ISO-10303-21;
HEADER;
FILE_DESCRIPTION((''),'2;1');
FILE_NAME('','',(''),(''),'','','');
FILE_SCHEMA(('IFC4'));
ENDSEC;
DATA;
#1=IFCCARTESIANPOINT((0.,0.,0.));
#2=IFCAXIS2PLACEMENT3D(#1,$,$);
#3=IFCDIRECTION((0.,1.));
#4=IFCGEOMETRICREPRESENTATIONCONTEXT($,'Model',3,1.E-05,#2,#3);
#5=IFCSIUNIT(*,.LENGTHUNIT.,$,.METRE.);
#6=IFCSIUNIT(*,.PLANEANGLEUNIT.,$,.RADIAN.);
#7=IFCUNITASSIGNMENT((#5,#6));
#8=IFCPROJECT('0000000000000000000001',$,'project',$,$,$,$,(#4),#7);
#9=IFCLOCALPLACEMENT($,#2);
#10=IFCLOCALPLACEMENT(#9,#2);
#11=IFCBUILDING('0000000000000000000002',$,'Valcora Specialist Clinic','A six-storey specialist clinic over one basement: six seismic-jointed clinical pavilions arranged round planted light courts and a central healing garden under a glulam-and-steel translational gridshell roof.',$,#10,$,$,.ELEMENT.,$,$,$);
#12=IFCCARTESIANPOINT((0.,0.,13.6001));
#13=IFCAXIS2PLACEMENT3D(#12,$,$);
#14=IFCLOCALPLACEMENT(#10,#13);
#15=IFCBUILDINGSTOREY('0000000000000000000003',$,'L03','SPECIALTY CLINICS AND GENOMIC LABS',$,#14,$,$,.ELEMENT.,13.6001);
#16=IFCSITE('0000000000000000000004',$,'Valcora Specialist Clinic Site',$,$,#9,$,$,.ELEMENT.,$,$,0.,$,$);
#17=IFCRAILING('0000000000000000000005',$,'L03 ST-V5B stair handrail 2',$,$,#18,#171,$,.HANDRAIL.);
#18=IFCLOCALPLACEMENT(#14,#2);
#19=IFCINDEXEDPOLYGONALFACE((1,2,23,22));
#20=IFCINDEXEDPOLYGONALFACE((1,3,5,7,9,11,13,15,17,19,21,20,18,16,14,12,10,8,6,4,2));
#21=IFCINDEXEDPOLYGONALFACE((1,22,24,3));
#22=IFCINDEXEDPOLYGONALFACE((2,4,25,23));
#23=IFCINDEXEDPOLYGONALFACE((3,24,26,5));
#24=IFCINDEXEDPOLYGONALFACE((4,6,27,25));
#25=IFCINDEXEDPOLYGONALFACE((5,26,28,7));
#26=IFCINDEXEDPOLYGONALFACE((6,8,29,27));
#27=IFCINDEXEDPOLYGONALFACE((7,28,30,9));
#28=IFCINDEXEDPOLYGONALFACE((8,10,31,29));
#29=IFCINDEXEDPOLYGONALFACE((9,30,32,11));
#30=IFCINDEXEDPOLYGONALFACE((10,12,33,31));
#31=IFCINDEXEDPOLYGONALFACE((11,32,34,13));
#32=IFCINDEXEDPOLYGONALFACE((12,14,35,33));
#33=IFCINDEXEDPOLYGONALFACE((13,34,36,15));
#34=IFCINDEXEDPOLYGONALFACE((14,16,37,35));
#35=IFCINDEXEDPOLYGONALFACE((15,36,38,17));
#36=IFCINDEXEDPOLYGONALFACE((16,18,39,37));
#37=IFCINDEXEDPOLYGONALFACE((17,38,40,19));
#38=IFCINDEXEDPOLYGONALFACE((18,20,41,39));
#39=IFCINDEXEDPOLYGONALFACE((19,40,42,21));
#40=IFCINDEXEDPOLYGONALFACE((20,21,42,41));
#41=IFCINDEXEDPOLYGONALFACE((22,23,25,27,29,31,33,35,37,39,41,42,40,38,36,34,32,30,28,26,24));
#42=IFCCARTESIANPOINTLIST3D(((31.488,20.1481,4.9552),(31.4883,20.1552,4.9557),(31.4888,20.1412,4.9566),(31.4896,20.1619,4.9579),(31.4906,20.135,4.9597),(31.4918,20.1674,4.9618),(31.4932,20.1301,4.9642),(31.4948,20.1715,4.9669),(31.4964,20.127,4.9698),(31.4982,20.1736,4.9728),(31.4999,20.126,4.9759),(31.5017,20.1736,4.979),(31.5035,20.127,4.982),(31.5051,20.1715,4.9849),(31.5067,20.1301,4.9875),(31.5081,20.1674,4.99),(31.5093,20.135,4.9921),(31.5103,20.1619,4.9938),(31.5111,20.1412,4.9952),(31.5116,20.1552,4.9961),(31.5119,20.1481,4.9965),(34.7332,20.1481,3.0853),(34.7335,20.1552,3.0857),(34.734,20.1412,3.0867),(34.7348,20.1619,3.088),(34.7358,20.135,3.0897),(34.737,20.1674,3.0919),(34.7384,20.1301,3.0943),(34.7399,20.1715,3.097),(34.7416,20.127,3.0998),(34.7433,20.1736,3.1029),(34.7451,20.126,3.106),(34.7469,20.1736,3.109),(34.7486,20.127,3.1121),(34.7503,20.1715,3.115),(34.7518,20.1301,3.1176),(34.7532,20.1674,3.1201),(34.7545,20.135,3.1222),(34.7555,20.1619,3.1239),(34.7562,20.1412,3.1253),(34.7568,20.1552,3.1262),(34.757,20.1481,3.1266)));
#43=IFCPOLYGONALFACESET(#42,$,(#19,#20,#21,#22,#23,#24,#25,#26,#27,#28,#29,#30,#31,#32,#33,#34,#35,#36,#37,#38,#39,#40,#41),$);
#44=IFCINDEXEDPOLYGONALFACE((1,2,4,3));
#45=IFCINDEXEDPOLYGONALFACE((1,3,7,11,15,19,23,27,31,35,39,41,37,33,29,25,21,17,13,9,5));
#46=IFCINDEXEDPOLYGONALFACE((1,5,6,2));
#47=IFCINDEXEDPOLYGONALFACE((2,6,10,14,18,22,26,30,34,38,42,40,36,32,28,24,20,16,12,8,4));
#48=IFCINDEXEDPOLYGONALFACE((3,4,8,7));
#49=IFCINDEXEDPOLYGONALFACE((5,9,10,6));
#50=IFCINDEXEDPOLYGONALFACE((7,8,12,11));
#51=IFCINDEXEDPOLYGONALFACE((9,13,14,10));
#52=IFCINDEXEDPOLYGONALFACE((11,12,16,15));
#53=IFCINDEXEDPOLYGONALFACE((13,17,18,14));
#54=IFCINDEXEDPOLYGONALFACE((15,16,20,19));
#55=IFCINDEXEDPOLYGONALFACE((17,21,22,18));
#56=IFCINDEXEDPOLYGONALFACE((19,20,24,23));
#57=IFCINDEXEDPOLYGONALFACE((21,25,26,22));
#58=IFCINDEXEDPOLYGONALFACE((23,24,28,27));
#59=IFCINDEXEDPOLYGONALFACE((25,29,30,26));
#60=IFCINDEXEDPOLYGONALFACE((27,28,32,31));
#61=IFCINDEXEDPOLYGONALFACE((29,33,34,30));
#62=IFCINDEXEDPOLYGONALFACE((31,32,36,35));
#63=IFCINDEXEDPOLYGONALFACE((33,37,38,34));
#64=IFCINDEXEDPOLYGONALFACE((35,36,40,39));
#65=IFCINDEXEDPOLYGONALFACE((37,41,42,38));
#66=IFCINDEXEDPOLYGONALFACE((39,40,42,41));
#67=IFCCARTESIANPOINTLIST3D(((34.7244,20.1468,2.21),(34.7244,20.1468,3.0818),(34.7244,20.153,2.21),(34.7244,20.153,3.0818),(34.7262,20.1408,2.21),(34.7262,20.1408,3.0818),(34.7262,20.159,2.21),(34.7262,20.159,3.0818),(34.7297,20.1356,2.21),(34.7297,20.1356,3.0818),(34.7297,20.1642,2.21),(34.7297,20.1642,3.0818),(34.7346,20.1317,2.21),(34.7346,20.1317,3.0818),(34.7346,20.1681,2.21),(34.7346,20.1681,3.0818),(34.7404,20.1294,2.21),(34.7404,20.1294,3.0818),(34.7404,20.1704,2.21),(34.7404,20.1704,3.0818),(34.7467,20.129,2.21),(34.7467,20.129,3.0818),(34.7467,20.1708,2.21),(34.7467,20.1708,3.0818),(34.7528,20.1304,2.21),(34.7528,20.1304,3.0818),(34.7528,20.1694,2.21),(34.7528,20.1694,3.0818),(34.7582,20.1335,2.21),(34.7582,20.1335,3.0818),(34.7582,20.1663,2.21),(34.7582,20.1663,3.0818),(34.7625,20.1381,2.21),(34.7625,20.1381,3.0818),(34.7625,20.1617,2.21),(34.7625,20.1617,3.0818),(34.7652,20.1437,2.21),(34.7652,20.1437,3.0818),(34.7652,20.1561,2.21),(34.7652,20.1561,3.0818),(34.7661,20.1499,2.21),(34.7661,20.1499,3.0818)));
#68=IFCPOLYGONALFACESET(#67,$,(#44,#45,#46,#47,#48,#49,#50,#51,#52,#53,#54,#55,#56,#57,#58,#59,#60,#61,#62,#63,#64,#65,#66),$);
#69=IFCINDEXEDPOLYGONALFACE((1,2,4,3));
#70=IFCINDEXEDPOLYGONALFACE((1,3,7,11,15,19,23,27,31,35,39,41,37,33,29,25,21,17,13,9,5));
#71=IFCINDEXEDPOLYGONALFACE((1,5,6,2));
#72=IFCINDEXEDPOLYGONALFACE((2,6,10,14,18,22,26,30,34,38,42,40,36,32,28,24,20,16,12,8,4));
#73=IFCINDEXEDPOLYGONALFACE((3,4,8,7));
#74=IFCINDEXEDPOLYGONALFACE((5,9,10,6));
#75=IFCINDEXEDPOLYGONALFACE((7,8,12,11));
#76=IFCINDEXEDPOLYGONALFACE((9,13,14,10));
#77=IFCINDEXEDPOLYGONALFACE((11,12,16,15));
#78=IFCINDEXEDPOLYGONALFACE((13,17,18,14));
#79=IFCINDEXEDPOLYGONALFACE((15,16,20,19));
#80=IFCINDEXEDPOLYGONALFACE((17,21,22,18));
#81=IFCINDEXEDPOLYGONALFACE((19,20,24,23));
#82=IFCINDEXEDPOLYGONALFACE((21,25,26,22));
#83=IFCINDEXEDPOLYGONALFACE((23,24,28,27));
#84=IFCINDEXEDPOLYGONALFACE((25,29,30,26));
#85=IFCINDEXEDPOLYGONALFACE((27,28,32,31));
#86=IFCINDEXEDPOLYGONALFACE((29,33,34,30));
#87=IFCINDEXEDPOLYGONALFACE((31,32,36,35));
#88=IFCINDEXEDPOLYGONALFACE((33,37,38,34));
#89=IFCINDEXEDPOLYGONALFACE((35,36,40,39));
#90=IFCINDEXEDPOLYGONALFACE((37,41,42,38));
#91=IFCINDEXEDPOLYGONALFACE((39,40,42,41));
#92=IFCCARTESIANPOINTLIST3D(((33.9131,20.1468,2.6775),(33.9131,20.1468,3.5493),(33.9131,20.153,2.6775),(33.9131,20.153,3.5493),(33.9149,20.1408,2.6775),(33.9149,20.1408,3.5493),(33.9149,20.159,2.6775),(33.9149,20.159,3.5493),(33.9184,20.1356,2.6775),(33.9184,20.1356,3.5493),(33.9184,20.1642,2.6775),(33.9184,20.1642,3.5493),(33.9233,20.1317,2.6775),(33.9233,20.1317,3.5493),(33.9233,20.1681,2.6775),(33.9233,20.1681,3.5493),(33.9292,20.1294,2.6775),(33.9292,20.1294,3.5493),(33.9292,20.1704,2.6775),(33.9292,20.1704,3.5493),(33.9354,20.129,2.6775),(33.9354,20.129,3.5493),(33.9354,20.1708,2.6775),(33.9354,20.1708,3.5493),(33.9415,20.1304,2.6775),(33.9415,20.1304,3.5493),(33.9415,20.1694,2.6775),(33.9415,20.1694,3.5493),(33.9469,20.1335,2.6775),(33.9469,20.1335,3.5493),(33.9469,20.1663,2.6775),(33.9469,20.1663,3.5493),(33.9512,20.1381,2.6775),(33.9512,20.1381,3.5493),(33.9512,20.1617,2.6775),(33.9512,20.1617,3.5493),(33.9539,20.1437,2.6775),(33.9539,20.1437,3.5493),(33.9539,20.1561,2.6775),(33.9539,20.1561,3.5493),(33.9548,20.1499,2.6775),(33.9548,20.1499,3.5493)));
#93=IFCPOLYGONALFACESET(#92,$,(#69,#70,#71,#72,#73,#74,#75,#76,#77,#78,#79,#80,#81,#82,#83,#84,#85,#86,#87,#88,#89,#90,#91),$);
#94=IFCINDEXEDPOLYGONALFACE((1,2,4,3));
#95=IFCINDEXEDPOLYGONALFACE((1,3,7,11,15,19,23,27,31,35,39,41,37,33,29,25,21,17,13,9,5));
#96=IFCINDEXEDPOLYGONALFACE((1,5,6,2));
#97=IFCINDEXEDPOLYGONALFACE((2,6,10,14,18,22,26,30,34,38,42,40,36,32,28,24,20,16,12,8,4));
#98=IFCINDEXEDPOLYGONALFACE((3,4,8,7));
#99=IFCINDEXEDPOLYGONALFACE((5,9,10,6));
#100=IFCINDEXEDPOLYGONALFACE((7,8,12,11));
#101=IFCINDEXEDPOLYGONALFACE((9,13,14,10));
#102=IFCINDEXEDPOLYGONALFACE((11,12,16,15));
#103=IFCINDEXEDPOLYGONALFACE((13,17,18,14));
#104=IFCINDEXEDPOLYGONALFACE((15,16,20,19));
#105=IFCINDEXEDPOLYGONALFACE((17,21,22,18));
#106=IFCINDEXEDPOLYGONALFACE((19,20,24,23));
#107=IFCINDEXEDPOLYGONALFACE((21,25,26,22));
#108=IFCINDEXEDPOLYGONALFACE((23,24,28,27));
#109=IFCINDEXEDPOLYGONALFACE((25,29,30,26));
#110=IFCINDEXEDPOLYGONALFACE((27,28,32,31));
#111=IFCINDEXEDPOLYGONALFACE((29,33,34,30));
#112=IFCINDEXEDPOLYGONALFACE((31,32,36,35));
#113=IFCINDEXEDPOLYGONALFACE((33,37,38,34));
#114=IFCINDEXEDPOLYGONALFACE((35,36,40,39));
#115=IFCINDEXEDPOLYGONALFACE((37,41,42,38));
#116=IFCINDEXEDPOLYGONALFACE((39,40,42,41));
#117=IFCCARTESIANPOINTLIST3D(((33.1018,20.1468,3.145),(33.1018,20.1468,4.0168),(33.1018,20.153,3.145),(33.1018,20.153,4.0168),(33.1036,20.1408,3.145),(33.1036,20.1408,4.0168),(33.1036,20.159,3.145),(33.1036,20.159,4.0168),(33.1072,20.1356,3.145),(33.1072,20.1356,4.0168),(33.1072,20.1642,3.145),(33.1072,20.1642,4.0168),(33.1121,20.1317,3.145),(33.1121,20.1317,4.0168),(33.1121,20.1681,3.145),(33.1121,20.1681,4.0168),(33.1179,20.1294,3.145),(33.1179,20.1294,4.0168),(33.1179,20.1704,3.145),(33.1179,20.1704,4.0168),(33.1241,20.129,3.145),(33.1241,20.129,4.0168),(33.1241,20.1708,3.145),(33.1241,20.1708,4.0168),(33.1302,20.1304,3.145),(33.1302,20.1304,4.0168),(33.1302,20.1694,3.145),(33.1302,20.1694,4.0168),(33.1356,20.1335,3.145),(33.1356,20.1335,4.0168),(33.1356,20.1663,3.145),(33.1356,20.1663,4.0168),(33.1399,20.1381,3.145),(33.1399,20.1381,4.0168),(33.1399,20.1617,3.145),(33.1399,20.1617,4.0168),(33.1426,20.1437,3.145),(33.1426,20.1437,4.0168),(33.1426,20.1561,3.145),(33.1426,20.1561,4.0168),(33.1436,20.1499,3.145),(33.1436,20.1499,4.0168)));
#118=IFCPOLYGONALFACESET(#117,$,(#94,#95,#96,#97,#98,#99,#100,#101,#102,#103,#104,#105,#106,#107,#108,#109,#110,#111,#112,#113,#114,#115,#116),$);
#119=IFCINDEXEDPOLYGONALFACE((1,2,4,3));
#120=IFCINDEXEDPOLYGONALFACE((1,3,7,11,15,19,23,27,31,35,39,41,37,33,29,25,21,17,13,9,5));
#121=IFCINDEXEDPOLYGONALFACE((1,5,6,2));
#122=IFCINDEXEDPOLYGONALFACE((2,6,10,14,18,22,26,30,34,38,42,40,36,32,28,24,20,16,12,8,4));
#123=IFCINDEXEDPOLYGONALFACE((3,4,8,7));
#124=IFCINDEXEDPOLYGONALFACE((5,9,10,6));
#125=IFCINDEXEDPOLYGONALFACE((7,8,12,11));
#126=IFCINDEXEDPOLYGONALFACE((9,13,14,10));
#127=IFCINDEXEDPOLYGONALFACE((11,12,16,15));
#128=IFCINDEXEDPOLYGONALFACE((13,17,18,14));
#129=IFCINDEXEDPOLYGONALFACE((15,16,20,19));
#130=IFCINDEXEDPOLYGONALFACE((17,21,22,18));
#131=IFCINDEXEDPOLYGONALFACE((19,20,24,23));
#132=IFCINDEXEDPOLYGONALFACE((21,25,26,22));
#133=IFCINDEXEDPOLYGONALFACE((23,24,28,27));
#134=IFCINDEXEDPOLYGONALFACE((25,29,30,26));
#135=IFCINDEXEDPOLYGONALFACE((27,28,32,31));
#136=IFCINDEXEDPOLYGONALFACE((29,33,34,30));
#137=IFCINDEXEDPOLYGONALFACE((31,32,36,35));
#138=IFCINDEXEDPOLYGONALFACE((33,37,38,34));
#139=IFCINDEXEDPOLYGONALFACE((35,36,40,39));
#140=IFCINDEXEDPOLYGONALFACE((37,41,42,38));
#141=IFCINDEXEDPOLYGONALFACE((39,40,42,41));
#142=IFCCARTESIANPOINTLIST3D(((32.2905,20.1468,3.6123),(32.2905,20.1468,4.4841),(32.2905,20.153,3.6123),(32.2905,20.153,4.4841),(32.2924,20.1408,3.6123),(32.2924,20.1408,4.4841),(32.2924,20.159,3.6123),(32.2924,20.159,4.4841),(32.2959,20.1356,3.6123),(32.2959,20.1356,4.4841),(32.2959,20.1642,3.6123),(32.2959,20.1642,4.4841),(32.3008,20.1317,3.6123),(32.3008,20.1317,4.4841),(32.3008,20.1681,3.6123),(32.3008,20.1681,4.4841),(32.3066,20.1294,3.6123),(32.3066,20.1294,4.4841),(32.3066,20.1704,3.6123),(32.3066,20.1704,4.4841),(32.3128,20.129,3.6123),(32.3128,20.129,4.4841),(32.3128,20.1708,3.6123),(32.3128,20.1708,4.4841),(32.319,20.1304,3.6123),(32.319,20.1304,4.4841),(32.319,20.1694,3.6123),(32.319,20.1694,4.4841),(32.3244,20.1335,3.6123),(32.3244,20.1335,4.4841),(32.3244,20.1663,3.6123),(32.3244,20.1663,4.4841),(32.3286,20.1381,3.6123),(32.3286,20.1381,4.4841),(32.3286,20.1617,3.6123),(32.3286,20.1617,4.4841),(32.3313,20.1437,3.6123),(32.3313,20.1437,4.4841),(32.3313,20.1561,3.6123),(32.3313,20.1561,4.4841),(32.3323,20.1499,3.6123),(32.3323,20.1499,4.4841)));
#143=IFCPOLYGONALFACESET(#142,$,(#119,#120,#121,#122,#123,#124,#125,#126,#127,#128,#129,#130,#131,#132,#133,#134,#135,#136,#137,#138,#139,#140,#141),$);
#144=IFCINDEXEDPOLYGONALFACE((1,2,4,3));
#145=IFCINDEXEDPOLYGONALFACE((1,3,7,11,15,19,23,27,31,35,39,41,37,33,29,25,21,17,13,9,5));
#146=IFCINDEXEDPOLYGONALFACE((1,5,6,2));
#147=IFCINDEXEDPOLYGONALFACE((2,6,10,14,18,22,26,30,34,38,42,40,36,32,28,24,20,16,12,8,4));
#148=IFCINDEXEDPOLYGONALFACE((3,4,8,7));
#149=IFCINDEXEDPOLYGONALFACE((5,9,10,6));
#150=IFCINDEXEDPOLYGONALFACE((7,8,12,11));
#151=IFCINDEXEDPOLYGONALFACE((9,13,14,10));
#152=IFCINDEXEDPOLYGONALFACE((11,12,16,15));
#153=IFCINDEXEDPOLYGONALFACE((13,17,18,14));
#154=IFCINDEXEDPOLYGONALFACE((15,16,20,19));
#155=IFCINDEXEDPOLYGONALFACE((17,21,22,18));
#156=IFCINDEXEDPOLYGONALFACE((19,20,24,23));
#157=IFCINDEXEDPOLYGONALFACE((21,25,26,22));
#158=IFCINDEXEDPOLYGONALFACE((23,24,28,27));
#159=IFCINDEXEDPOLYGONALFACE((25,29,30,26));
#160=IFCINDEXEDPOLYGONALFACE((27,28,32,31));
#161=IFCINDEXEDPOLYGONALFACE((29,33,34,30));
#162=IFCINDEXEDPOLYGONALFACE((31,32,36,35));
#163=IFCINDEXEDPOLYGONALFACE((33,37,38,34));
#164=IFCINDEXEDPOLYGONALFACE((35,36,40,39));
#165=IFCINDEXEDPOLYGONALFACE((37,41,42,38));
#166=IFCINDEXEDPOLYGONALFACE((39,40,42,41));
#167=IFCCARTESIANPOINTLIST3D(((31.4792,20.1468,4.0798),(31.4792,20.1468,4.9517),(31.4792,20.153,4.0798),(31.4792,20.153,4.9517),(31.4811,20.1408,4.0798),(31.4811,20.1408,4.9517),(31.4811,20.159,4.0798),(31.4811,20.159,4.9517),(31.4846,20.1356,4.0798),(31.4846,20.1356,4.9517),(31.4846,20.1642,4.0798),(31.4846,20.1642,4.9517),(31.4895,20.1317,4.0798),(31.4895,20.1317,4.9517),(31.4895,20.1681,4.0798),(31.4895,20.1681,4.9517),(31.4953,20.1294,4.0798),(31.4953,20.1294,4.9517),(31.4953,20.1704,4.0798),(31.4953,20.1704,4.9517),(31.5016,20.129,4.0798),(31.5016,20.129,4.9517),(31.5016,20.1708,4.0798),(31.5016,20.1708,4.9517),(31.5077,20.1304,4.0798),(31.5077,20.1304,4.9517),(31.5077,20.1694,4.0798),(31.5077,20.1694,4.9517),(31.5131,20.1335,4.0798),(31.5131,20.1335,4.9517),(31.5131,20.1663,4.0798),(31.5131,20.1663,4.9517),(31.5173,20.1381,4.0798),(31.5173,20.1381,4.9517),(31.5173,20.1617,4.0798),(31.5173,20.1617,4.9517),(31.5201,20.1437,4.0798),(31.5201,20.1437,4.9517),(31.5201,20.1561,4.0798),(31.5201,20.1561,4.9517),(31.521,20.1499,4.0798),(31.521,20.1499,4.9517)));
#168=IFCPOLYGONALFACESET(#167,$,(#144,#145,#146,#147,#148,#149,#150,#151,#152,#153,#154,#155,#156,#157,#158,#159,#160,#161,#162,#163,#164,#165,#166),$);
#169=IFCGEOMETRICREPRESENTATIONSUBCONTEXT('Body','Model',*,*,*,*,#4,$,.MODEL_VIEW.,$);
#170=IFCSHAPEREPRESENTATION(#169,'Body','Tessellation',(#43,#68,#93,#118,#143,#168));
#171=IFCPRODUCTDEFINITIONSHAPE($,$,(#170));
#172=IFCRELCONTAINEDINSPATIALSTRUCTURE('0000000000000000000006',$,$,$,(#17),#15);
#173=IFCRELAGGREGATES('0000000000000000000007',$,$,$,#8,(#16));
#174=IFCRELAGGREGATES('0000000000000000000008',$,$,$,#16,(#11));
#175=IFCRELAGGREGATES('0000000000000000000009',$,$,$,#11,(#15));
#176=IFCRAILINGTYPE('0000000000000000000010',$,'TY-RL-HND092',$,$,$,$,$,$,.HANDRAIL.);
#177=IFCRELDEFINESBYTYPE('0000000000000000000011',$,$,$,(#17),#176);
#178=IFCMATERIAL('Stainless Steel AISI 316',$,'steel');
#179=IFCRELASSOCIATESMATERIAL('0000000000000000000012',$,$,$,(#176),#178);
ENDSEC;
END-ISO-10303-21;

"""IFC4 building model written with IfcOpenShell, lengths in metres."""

from ifc_helpers import new_model, si_unit, direction, frame, origin, origin_2d, place, context, subcontext, project, spatial, circle, extrude, material, type_object, element, save


model = new_model("IFC4")

# Units and contexts
model_context = context("Model", 3, precision=1e-05, world=origin(), true_north=direction((0.0, 1.0)))
body_context = subcontext(model_context, "Body", "Model", "MODEL_VIEW")
ifc_project = project(units=[si_unit("LENGTHUNIT", "METRE"), si_unit("PLANEANGLEUNIT", "RADIAN")], contexts=[model_context])

# Site, building, storey
site_placement = place(None, origin())
site = spatial("IfcSite", under=ifc_project, at=site_placement, Name="Valcora Specialist Clinic Site", CompositionType="ELEMENT", RefElevation=0.0)
building_placement = place(site_placement, origin())
building = spatial("IfcBuilding", under=site, at=building_placement, Name="Valcora Specialist Clinic", Description="A six-storey specialist clinic over one basement: six seismic-jointed clinical pavilions arranged round planted light courts and a central healing garden under a glulam-and-steel translational gridshell roof.", CompositionType="ELEMENT")
storey_placement = place(building_placement, frame((0.0, 0.0, 13.6001)))
storey = spatial("IfcBuildingStorey", under=building, at=storey_placement, Name="L03", Description="SPECIALTY CLINICS AND GENOMIC LABS", CompositionType="ELEMENT", Elevation=13.6001)

# Shared definitions
ifc_material_1 = material(Name="Stainless Steel AISI 316", Category="steel")

# Railing
railing_type_1 = type_object("IfcRailingType", Name="TY-RL-HND092", PredefinedType="HANDRAIL", material=ifc_material_1)
railing_1_placement = place(storey_placement, frame((34.7451, 20.1499, 2.21)))
element("IfcRailing", 1, at=railing_1_placement, inside=storey, type_object=railing_type_1, Name="L03 ST-V5B stair handrail 2", PredefinedType="HANDRAIL", context=body_context, shape_type="SweptSolid", body=[
    extrude(circle(Radius=0.0239, at=origin_2d()), frame((0.0, 0.0, 0.896), z_axis=(-0.866452, 0.0, 0.49926), x_axis=(0.0, -1.0, 0.0)), (0.0, 0.0, 1.0), 3.7454),
    extrude(circle(Radius=0.021, at=origin_2d()), origin(), (0.0, 0.0, 1.0), 0.8718),
    extrude(circle(Radius=0.021, at=origin_2d()), frame((-0.8113, 0.0, 0.4675)), (0.0, 0.0, 1.0), 0.8718),
    extrude(circle(Radius=0.021, at=origin_2d()), frame((-1.6226, 0.0, 0.9351)), (0.0, 0.0, 1.0), 0.8718),
    extrude(circle(Radius=0.021, at=origin_2d()), frame((-2.4338, 0.0, 1.4023)), (0.0, 0.0, 1.0), 0.8718),
    extrude(circle(Radius=0.021, at=origin_2d()), frame((-3.2451, 0.0, 1.8699)), (0.0, 0.0, 1.0), 0.8718),
])

save(model, "model.ifc")
